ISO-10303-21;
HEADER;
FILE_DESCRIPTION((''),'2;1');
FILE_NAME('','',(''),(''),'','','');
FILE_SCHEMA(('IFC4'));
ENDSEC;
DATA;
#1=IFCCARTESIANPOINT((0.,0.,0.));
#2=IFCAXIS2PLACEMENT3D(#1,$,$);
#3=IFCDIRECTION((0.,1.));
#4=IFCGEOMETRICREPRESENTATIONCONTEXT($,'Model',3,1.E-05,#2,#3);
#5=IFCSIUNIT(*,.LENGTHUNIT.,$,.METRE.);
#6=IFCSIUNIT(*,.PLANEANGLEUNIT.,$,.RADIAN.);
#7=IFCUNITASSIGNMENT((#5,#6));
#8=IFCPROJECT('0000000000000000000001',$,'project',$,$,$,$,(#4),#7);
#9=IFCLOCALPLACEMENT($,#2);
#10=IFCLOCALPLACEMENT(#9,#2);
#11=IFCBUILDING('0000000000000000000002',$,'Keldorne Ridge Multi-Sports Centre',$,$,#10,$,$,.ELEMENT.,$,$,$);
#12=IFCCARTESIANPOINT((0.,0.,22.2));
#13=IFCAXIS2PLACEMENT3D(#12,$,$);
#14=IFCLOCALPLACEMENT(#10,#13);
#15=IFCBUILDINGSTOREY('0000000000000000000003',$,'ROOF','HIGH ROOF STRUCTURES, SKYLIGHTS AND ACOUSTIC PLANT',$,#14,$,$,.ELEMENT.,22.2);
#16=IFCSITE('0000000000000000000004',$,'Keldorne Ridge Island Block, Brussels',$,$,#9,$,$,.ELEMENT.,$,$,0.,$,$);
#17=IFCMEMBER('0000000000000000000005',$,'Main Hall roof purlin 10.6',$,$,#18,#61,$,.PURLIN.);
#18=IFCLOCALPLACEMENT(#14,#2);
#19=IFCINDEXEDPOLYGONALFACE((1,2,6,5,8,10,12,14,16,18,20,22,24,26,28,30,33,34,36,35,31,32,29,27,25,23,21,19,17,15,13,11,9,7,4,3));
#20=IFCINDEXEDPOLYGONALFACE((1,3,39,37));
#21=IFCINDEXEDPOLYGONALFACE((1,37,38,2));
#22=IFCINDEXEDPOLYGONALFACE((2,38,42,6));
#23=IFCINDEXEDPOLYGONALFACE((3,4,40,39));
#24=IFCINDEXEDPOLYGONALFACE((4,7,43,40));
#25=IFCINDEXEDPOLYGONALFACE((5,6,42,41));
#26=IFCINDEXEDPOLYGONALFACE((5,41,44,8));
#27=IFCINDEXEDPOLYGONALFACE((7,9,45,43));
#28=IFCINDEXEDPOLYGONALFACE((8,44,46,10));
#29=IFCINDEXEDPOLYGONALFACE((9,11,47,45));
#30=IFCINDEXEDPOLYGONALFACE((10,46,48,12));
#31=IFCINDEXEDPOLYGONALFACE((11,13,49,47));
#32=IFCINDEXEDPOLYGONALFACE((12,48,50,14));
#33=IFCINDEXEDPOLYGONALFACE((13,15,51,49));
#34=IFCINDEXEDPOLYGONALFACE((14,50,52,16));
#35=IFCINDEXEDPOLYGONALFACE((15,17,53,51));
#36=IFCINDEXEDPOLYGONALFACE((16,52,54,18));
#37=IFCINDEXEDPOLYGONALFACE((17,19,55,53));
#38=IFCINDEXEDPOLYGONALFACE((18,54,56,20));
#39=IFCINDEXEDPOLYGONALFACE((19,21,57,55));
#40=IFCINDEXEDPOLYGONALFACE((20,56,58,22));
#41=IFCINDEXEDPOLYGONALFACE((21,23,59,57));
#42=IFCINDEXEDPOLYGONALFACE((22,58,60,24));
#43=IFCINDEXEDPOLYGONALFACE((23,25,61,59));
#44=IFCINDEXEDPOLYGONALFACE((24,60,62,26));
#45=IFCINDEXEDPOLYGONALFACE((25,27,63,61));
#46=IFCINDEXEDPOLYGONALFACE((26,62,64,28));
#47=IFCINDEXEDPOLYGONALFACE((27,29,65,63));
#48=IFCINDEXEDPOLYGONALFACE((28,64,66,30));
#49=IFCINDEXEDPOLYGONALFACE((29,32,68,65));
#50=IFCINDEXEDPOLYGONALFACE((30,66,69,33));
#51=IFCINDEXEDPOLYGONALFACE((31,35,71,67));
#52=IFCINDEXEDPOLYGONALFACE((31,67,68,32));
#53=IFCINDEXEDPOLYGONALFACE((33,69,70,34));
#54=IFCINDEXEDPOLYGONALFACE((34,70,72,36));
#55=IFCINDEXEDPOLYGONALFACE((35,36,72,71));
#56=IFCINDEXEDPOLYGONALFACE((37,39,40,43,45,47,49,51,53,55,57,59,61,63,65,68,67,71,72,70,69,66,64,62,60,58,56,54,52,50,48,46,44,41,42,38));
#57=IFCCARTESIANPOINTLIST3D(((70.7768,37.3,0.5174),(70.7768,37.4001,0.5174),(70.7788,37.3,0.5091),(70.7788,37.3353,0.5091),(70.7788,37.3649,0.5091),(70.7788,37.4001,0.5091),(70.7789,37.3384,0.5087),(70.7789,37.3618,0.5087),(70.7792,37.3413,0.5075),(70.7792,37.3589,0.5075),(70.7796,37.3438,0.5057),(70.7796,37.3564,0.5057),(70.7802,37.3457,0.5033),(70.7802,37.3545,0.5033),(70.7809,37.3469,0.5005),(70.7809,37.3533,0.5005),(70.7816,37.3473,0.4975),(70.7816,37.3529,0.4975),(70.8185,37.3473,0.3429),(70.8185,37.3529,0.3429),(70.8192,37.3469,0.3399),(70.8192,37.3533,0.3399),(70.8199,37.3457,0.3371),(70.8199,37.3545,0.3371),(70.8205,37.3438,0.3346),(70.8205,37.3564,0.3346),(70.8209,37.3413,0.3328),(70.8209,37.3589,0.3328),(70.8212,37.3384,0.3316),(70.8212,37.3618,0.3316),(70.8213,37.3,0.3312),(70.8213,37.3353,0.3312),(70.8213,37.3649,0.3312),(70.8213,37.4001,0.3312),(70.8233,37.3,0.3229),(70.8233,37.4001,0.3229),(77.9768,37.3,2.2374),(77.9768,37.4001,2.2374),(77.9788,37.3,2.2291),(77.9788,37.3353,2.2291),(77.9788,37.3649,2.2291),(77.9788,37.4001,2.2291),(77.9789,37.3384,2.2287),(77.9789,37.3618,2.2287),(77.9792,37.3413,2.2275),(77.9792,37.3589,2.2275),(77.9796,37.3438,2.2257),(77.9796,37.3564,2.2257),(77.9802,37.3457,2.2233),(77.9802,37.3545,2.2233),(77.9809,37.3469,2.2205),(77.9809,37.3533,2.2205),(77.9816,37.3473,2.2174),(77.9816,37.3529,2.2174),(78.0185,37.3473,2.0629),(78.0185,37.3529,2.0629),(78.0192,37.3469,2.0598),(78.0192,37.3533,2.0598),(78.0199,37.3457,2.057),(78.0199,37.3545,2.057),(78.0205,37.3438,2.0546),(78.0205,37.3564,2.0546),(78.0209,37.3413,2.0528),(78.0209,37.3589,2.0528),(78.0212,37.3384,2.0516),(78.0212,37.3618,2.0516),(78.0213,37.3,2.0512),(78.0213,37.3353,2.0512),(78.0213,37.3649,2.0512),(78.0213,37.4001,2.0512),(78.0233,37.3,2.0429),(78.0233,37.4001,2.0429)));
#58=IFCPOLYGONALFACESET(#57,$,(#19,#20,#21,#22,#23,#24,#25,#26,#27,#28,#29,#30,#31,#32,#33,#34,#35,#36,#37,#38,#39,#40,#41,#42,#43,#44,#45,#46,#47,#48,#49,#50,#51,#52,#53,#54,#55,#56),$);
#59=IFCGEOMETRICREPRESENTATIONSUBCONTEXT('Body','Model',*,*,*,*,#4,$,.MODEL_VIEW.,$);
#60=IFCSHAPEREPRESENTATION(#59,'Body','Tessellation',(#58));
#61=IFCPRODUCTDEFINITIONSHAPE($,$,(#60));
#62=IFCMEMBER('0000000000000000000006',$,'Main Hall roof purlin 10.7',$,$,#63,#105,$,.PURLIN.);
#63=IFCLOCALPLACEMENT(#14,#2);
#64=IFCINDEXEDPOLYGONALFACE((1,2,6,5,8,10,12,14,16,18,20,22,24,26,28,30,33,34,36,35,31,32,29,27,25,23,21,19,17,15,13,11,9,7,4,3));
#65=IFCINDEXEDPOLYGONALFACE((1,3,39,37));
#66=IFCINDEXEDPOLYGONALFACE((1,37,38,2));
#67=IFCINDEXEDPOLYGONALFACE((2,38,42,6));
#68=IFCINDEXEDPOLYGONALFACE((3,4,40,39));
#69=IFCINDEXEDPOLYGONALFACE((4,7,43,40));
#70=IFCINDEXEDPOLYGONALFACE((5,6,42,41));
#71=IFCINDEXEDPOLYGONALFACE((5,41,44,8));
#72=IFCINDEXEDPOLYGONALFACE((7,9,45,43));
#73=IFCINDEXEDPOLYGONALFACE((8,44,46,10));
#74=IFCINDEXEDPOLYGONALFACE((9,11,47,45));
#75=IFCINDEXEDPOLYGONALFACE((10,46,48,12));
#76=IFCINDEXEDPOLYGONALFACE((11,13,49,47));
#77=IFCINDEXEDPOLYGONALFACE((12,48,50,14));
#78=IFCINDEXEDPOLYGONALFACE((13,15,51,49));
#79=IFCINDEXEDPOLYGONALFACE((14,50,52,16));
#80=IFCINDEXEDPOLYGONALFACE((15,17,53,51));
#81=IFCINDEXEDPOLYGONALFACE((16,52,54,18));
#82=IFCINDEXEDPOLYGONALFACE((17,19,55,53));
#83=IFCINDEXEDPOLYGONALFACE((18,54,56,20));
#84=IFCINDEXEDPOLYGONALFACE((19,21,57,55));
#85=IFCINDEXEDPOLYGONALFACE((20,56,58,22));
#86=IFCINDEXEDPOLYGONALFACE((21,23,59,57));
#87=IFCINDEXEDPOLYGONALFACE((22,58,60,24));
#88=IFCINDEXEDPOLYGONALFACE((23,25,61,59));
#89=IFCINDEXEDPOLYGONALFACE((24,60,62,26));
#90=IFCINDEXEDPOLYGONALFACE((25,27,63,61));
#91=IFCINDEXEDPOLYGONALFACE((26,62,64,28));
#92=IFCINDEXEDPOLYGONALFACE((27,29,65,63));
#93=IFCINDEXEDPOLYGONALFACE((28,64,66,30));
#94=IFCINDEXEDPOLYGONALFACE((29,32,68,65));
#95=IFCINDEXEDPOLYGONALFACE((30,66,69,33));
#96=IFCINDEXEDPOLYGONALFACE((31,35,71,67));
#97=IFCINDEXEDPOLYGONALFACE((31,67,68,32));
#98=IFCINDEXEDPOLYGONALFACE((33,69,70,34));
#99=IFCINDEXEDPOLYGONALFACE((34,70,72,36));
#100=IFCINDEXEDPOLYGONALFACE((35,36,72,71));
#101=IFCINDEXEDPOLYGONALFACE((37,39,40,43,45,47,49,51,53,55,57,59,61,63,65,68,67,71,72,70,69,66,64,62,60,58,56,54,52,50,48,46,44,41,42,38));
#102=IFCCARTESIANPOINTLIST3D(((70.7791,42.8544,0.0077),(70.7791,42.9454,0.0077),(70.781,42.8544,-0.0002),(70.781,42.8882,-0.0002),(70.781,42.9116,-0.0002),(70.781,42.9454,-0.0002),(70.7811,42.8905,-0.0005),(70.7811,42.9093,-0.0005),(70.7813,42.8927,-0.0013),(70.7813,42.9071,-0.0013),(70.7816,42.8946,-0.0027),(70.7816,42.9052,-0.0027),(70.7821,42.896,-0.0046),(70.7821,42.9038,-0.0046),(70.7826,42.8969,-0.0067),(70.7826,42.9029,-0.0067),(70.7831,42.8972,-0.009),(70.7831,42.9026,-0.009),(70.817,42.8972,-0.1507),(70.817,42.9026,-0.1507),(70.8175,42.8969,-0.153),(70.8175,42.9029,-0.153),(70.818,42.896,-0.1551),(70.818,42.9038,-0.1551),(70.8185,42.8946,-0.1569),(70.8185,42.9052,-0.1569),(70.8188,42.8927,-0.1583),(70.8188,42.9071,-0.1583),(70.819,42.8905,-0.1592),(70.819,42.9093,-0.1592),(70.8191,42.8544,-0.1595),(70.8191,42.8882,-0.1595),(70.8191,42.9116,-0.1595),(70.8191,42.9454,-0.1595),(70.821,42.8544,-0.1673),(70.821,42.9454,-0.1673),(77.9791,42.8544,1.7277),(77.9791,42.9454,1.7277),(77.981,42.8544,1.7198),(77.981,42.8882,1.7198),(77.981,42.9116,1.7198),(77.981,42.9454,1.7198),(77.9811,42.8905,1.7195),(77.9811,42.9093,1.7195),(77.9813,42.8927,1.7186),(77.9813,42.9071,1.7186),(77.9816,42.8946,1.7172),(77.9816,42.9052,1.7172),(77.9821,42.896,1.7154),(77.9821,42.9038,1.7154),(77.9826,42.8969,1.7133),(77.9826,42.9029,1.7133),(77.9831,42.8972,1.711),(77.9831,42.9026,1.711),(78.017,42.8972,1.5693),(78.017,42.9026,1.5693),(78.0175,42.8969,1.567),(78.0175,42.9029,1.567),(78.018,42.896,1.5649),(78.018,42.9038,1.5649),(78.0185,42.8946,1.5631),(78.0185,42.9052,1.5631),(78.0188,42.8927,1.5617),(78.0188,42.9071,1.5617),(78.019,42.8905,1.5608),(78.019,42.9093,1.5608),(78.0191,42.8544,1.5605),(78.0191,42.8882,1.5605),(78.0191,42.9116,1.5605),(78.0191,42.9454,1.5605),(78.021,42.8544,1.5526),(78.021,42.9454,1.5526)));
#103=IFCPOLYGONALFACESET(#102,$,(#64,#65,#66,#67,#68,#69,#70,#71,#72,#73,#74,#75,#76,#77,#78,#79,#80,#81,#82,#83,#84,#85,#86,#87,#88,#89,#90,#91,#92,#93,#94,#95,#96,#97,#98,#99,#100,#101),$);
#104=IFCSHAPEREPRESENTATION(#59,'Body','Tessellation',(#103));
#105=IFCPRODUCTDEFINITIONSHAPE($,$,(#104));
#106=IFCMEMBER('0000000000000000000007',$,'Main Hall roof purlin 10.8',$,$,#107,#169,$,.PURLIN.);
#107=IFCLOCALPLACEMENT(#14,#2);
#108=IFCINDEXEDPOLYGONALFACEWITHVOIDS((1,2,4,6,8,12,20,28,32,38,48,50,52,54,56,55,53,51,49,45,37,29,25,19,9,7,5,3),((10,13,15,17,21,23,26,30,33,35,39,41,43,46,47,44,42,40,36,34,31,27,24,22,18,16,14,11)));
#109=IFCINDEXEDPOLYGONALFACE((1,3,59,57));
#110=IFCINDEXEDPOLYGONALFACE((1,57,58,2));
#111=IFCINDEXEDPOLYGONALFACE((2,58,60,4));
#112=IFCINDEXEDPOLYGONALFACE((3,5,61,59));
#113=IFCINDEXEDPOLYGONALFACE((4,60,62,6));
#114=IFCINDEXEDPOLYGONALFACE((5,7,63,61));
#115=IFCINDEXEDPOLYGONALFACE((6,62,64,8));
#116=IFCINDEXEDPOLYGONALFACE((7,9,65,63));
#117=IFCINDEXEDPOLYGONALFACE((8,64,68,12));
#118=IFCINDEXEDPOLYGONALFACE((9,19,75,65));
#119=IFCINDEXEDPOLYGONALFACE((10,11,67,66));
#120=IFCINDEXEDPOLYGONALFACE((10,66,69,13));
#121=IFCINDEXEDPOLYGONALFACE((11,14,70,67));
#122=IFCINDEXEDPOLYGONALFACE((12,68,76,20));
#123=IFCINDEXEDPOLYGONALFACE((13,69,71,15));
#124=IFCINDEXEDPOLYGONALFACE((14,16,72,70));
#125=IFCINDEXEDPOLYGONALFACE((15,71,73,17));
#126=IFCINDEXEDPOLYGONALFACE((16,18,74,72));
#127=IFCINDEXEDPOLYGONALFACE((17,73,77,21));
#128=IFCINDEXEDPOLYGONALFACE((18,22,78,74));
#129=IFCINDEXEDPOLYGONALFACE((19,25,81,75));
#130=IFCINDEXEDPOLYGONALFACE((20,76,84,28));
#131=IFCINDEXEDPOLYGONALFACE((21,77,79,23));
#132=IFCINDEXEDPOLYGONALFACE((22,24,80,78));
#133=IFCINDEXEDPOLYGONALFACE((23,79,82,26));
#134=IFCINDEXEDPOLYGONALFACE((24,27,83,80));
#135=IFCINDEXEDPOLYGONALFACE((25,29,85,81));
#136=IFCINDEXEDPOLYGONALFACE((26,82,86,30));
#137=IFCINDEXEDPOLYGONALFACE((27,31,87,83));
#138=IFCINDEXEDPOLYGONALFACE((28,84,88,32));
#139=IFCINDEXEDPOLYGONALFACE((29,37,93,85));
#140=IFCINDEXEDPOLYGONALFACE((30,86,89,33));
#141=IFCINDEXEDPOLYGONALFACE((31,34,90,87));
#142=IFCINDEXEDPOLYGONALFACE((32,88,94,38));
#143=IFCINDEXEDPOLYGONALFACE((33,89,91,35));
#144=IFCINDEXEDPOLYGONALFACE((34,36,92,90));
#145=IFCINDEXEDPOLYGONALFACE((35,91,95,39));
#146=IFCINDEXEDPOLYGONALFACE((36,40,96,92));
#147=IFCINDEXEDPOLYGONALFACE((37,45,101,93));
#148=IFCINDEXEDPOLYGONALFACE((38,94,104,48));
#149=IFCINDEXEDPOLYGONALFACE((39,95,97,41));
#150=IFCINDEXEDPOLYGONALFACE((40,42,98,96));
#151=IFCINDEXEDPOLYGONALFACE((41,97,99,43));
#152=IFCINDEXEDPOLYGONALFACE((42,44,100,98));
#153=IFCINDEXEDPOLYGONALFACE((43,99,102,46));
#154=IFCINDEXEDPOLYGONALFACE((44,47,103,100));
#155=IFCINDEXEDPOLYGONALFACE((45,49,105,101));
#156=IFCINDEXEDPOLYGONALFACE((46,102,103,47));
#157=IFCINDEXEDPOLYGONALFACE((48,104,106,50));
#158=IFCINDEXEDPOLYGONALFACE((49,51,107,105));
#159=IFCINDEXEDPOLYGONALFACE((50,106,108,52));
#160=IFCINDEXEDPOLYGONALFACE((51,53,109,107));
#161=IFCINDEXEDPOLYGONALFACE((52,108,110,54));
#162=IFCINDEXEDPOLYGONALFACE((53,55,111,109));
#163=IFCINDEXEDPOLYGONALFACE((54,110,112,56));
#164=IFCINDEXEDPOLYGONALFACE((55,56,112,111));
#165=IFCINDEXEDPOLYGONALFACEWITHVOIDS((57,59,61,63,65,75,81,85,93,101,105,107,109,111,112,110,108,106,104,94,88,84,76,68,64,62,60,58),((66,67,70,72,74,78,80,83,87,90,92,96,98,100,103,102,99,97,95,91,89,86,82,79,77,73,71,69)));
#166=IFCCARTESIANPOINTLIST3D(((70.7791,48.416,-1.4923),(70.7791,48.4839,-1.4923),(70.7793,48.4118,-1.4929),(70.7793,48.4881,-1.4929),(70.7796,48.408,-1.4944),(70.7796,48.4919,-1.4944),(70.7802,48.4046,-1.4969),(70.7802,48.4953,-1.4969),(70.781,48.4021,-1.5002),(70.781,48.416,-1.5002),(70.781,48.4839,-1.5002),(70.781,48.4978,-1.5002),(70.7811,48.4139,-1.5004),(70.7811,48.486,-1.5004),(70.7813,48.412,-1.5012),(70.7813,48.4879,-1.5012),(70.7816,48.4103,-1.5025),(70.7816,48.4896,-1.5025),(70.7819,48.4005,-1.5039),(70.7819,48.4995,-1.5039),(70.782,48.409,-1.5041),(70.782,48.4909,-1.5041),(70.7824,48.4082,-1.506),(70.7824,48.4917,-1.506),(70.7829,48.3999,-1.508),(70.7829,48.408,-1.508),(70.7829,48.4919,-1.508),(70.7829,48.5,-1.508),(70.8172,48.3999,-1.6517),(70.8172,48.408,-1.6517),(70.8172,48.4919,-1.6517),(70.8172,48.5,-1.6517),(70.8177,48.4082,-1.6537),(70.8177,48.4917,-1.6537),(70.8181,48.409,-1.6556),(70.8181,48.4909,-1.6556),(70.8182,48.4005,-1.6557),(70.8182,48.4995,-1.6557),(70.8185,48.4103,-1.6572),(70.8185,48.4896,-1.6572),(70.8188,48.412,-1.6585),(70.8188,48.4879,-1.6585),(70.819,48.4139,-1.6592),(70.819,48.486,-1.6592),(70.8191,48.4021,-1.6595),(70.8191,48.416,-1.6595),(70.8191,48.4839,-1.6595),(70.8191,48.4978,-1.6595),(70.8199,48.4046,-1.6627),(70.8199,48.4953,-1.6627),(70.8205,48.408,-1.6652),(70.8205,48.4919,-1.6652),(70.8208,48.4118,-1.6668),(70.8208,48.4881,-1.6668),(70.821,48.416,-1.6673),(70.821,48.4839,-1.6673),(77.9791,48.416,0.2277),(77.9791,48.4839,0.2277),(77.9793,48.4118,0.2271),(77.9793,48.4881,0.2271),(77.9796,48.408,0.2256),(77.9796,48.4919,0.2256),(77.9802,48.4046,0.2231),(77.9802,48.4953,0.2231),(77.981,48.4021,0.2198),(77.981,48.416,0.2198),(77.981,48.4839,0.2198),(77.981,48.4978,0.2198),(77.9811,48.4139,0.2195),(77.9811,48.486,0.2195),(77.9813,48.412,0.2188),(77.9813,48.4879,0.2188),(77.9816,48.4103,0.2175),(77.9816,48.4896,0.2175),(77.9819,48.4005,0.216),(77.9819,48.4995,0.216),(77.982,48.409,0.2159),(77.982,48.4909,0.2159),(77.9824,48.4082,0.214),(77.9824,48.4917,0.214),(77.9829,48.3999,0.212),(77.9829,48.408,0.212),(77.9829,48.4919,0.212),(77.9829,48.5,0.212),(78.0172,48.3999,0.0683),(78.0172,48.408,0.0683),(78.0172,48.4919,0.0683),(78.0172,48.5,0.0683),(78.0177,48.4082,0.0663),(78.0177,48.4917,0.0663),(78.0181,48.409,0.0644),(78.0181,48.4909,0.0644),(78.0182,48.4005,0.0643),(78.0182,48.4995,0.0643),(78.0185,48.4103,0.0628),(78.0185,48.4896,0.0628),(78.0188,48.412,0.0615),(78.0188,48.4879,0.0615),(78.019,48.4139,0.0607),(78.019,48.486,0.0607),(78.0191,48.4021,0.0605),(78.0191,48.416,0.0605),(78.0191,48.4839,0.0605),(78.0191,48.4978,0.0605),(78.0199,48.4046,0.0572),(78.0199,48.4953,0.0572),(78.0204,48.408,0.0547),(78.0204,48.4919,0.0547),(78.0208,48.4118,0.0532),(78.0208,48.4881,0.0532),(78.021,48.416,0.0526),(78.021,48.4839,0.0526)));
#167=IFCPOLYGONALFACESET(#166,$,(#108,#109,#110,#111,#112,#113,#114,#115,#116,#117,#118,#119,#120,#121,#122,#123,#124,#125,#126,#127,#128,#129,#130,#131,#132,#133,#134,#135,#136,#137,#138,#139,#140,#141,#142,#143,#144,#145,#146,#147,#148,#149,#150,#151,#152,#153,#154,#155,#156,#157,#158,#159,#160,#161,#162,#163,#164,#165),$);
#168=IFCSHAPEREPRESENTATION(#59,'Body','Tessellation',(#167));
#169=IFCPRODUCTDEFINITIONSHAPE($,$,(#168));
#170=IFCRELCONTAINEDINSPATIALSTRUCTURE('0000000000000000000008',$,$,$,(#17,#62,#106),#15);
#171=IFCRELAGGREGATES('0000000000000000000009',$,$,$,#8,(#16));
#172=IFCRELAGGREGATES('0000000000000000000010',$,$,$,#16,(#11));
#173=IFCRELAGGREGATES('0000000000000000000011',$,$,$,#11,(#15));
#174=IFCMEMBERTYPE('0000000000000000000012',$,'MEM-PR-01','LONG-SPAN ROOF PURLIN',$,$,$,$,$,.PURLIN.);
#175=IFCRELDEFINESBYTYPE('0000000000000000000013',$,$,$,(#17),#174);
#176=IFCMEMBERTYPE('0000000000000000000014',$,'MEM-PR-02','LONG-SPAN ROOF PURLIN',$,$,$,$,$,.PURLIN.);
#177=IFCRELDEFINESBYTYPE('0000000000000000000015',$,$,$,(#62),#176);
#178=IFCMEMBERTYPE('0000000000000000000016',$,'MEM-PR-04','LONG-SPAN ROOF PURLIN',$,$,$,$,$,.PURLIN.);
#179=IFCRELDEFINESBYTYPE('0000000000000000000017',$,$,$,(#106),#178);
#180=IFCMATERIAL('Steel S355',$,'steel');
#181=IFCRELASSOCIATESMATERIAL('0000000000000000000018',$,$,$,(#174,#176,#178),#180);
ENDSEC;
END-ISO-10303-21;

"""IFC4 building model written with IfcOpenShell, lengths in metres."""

from ifc_helpers import new_model, si_unit, direction, frame, origin, origin_2d, place, context, subcontext, project, spatial, hollow_rectangle, i_section, extrude, material, material_profile, profile_set, type_object, element, save


model = new_model("IFC4")

# Units and contexts
model_context = context("Model", 3, precision=1e-05, world=origin(), true_north=direction((0.0, 1.0)))
body_context = subcontext(model_context, "Body", "Model", "MODEL_VIEW")
ifc_project = project(units=[si_unit("LENGTHUNIT", "METRE"), si_unit("PLANEANGLEUNIT", "RADIAN")], contexts=[model_context])

# Site, building, storey
site_placement = place(None, origin())
site = spatial("IfcSite", under=ifc_project, at=site_placement, Name="Keldorne Ridge Island Block, Brussels", CompositionType="ELEMENT", RefElevation=0.0)
building_placement = place(site_placement, origin())
building = spatial("IfcBuilding", under=site, at=building_placement, Name="Keldorne Ridge Multi-Sports Centre", CompositionType="ELEMENT")
storey_placement = place(building_placement, frame((0.0, 0.0, 22.2)))
storey = spatial("IfcBuildingStorey", under=building, at=storey_placement, Name="ROOF", Description="HIGH ROOF STRUCTURES, SKYLIGHTS AND ACOUSTIC PLANT", CompositionType="ELEMENT", Elevation=22.2)

# Members
ifc_material = material(Name="Steel S355", Category="steel")
ifc_material_profile_1 = material_profile(ifc_material, i_section(OverallWidth=0.1001, OverallDepth=0.2, WebThickness=0.0056, FlangeThickness=0.0085, FilletRadius=0.012, at=origin_2d()), Name="IPE 200")
ifc_profile_set_1 = profile_set([ifc_material_profile_1], Name="Steel S355")
member_type_1 = type_object("IfcMemberType", Name="MEM-PR-01", Description="LONG-SPAN ROOF PURLIN", PredefinedType="PURLIN", material=ifc_profile_set_1)
member_1_placement = place(storey_placement, frame((70.8, 37.3501, 0.4202), z_axis=(0.972633, 0.0, 0.232349), x_axis=(0.0, 1.0, 0.0)))
element("IfcMember", 1, at=member_1_placement, inside=storey, type_object=member_type_1, Name="Main Hall roof purlin 10.6", PredefinedType="PURLIN", context=body_context, shape_type="SweptSolid", body=[
    extrude(i_section(OverallWidth=0.1001, OverallDepth=0.2, WebThickness=0.0056, FlangeThickness=0.0085, FilletRadius=0.012, at=origin_2d()), origin(), (0.0, 0.0, 1.0), 7.4026),
])
ifc_material_profile_2 = material_profile(ifc_material, i_section(OverallWidth=0.0911, OverallDepth=0.1799, WebThickness=0.0054, FlangeThickness=0.0081, FilletRadius=0.009, at=origin_2d()), Name="IPE 180")
ifc_profile_set_2 = profile_set([ifc_material_profile_2], Name="Steel S355")
member_type_2 = type_object("IfcMemberType", Name="MEM-PR-02", Description="LONG-SPAN ROOF PURLIN", PredefinedType="PURLIN", material=ifc_profile_set_2)
member_2_placement = place(storey_placement, frame((70.8, 42.8999, -0.0798), z_axis=(0.972633, 0.0, 0.232349), x_axis=(0.0, 1.0, 0.0)))
element("IfcMember", 2, at=member_2_placement, inside=storey, type_object=member_type_2, Name="Main Hall roof purlin 10.7", PredefinedType="PURLIN", context=body_context, shape_type="SweptSolid", body=[
    extrude(i_section(OverallWidth=0.0911, OverallDepth=0.1799, WebThickness=0.0054, FlangeThickness=0.0081, FilletRadius=0.009, at=origin_2d()), origin(), (0.0, 0.0, 1.0), 7.4026),
])
ifc_material_profile_3 = material_profile(ifc_material, hollow_rectangle(XDim=0.1001, YDim=0.1799, WallThickness=0.0081, InnerFilletRadius=0.0081, OuterFilletRadius=0.0161, at=origin_2d()), Name="RHS 180x100x8")
ifc_profile_set_3 = profile_set([ifc_material_profile_3], Name="Steel S355")
member_type_3 = type_object("IfcMemberType", Name="MEM-PR-04", Description="LONG-SPAN ROOF PURLIN", PredefinedType="PURLIN", material=ifc_profile_set_3)
member_3_placement = place(storey_placement, frame((70.8, 48.45, -1.5798), z_axis=(0.972633, 0.0, 0.232349), x_axis=(0.0, 1.0, 0.0)))
element("IfcMember", 3, at=member_3_placement, inside=storey, type_object=member_type_3, Name="Main Hall roof purlin 10.8", PredefinedType="PURLIN", context=body_context, shape_type="SweptSolid", body=[
    extrude(hollow_rectangle(XDim=0.1001, YDim=0.1799, WallThickness=0.0081, InnerFilletRadius=0.0081, OuterFilletRadius=0.0161, at=origin_2d()), origin(), (0.0, 0.0, 1.0), 7.4026),
])

save(model, "model.ifc")
